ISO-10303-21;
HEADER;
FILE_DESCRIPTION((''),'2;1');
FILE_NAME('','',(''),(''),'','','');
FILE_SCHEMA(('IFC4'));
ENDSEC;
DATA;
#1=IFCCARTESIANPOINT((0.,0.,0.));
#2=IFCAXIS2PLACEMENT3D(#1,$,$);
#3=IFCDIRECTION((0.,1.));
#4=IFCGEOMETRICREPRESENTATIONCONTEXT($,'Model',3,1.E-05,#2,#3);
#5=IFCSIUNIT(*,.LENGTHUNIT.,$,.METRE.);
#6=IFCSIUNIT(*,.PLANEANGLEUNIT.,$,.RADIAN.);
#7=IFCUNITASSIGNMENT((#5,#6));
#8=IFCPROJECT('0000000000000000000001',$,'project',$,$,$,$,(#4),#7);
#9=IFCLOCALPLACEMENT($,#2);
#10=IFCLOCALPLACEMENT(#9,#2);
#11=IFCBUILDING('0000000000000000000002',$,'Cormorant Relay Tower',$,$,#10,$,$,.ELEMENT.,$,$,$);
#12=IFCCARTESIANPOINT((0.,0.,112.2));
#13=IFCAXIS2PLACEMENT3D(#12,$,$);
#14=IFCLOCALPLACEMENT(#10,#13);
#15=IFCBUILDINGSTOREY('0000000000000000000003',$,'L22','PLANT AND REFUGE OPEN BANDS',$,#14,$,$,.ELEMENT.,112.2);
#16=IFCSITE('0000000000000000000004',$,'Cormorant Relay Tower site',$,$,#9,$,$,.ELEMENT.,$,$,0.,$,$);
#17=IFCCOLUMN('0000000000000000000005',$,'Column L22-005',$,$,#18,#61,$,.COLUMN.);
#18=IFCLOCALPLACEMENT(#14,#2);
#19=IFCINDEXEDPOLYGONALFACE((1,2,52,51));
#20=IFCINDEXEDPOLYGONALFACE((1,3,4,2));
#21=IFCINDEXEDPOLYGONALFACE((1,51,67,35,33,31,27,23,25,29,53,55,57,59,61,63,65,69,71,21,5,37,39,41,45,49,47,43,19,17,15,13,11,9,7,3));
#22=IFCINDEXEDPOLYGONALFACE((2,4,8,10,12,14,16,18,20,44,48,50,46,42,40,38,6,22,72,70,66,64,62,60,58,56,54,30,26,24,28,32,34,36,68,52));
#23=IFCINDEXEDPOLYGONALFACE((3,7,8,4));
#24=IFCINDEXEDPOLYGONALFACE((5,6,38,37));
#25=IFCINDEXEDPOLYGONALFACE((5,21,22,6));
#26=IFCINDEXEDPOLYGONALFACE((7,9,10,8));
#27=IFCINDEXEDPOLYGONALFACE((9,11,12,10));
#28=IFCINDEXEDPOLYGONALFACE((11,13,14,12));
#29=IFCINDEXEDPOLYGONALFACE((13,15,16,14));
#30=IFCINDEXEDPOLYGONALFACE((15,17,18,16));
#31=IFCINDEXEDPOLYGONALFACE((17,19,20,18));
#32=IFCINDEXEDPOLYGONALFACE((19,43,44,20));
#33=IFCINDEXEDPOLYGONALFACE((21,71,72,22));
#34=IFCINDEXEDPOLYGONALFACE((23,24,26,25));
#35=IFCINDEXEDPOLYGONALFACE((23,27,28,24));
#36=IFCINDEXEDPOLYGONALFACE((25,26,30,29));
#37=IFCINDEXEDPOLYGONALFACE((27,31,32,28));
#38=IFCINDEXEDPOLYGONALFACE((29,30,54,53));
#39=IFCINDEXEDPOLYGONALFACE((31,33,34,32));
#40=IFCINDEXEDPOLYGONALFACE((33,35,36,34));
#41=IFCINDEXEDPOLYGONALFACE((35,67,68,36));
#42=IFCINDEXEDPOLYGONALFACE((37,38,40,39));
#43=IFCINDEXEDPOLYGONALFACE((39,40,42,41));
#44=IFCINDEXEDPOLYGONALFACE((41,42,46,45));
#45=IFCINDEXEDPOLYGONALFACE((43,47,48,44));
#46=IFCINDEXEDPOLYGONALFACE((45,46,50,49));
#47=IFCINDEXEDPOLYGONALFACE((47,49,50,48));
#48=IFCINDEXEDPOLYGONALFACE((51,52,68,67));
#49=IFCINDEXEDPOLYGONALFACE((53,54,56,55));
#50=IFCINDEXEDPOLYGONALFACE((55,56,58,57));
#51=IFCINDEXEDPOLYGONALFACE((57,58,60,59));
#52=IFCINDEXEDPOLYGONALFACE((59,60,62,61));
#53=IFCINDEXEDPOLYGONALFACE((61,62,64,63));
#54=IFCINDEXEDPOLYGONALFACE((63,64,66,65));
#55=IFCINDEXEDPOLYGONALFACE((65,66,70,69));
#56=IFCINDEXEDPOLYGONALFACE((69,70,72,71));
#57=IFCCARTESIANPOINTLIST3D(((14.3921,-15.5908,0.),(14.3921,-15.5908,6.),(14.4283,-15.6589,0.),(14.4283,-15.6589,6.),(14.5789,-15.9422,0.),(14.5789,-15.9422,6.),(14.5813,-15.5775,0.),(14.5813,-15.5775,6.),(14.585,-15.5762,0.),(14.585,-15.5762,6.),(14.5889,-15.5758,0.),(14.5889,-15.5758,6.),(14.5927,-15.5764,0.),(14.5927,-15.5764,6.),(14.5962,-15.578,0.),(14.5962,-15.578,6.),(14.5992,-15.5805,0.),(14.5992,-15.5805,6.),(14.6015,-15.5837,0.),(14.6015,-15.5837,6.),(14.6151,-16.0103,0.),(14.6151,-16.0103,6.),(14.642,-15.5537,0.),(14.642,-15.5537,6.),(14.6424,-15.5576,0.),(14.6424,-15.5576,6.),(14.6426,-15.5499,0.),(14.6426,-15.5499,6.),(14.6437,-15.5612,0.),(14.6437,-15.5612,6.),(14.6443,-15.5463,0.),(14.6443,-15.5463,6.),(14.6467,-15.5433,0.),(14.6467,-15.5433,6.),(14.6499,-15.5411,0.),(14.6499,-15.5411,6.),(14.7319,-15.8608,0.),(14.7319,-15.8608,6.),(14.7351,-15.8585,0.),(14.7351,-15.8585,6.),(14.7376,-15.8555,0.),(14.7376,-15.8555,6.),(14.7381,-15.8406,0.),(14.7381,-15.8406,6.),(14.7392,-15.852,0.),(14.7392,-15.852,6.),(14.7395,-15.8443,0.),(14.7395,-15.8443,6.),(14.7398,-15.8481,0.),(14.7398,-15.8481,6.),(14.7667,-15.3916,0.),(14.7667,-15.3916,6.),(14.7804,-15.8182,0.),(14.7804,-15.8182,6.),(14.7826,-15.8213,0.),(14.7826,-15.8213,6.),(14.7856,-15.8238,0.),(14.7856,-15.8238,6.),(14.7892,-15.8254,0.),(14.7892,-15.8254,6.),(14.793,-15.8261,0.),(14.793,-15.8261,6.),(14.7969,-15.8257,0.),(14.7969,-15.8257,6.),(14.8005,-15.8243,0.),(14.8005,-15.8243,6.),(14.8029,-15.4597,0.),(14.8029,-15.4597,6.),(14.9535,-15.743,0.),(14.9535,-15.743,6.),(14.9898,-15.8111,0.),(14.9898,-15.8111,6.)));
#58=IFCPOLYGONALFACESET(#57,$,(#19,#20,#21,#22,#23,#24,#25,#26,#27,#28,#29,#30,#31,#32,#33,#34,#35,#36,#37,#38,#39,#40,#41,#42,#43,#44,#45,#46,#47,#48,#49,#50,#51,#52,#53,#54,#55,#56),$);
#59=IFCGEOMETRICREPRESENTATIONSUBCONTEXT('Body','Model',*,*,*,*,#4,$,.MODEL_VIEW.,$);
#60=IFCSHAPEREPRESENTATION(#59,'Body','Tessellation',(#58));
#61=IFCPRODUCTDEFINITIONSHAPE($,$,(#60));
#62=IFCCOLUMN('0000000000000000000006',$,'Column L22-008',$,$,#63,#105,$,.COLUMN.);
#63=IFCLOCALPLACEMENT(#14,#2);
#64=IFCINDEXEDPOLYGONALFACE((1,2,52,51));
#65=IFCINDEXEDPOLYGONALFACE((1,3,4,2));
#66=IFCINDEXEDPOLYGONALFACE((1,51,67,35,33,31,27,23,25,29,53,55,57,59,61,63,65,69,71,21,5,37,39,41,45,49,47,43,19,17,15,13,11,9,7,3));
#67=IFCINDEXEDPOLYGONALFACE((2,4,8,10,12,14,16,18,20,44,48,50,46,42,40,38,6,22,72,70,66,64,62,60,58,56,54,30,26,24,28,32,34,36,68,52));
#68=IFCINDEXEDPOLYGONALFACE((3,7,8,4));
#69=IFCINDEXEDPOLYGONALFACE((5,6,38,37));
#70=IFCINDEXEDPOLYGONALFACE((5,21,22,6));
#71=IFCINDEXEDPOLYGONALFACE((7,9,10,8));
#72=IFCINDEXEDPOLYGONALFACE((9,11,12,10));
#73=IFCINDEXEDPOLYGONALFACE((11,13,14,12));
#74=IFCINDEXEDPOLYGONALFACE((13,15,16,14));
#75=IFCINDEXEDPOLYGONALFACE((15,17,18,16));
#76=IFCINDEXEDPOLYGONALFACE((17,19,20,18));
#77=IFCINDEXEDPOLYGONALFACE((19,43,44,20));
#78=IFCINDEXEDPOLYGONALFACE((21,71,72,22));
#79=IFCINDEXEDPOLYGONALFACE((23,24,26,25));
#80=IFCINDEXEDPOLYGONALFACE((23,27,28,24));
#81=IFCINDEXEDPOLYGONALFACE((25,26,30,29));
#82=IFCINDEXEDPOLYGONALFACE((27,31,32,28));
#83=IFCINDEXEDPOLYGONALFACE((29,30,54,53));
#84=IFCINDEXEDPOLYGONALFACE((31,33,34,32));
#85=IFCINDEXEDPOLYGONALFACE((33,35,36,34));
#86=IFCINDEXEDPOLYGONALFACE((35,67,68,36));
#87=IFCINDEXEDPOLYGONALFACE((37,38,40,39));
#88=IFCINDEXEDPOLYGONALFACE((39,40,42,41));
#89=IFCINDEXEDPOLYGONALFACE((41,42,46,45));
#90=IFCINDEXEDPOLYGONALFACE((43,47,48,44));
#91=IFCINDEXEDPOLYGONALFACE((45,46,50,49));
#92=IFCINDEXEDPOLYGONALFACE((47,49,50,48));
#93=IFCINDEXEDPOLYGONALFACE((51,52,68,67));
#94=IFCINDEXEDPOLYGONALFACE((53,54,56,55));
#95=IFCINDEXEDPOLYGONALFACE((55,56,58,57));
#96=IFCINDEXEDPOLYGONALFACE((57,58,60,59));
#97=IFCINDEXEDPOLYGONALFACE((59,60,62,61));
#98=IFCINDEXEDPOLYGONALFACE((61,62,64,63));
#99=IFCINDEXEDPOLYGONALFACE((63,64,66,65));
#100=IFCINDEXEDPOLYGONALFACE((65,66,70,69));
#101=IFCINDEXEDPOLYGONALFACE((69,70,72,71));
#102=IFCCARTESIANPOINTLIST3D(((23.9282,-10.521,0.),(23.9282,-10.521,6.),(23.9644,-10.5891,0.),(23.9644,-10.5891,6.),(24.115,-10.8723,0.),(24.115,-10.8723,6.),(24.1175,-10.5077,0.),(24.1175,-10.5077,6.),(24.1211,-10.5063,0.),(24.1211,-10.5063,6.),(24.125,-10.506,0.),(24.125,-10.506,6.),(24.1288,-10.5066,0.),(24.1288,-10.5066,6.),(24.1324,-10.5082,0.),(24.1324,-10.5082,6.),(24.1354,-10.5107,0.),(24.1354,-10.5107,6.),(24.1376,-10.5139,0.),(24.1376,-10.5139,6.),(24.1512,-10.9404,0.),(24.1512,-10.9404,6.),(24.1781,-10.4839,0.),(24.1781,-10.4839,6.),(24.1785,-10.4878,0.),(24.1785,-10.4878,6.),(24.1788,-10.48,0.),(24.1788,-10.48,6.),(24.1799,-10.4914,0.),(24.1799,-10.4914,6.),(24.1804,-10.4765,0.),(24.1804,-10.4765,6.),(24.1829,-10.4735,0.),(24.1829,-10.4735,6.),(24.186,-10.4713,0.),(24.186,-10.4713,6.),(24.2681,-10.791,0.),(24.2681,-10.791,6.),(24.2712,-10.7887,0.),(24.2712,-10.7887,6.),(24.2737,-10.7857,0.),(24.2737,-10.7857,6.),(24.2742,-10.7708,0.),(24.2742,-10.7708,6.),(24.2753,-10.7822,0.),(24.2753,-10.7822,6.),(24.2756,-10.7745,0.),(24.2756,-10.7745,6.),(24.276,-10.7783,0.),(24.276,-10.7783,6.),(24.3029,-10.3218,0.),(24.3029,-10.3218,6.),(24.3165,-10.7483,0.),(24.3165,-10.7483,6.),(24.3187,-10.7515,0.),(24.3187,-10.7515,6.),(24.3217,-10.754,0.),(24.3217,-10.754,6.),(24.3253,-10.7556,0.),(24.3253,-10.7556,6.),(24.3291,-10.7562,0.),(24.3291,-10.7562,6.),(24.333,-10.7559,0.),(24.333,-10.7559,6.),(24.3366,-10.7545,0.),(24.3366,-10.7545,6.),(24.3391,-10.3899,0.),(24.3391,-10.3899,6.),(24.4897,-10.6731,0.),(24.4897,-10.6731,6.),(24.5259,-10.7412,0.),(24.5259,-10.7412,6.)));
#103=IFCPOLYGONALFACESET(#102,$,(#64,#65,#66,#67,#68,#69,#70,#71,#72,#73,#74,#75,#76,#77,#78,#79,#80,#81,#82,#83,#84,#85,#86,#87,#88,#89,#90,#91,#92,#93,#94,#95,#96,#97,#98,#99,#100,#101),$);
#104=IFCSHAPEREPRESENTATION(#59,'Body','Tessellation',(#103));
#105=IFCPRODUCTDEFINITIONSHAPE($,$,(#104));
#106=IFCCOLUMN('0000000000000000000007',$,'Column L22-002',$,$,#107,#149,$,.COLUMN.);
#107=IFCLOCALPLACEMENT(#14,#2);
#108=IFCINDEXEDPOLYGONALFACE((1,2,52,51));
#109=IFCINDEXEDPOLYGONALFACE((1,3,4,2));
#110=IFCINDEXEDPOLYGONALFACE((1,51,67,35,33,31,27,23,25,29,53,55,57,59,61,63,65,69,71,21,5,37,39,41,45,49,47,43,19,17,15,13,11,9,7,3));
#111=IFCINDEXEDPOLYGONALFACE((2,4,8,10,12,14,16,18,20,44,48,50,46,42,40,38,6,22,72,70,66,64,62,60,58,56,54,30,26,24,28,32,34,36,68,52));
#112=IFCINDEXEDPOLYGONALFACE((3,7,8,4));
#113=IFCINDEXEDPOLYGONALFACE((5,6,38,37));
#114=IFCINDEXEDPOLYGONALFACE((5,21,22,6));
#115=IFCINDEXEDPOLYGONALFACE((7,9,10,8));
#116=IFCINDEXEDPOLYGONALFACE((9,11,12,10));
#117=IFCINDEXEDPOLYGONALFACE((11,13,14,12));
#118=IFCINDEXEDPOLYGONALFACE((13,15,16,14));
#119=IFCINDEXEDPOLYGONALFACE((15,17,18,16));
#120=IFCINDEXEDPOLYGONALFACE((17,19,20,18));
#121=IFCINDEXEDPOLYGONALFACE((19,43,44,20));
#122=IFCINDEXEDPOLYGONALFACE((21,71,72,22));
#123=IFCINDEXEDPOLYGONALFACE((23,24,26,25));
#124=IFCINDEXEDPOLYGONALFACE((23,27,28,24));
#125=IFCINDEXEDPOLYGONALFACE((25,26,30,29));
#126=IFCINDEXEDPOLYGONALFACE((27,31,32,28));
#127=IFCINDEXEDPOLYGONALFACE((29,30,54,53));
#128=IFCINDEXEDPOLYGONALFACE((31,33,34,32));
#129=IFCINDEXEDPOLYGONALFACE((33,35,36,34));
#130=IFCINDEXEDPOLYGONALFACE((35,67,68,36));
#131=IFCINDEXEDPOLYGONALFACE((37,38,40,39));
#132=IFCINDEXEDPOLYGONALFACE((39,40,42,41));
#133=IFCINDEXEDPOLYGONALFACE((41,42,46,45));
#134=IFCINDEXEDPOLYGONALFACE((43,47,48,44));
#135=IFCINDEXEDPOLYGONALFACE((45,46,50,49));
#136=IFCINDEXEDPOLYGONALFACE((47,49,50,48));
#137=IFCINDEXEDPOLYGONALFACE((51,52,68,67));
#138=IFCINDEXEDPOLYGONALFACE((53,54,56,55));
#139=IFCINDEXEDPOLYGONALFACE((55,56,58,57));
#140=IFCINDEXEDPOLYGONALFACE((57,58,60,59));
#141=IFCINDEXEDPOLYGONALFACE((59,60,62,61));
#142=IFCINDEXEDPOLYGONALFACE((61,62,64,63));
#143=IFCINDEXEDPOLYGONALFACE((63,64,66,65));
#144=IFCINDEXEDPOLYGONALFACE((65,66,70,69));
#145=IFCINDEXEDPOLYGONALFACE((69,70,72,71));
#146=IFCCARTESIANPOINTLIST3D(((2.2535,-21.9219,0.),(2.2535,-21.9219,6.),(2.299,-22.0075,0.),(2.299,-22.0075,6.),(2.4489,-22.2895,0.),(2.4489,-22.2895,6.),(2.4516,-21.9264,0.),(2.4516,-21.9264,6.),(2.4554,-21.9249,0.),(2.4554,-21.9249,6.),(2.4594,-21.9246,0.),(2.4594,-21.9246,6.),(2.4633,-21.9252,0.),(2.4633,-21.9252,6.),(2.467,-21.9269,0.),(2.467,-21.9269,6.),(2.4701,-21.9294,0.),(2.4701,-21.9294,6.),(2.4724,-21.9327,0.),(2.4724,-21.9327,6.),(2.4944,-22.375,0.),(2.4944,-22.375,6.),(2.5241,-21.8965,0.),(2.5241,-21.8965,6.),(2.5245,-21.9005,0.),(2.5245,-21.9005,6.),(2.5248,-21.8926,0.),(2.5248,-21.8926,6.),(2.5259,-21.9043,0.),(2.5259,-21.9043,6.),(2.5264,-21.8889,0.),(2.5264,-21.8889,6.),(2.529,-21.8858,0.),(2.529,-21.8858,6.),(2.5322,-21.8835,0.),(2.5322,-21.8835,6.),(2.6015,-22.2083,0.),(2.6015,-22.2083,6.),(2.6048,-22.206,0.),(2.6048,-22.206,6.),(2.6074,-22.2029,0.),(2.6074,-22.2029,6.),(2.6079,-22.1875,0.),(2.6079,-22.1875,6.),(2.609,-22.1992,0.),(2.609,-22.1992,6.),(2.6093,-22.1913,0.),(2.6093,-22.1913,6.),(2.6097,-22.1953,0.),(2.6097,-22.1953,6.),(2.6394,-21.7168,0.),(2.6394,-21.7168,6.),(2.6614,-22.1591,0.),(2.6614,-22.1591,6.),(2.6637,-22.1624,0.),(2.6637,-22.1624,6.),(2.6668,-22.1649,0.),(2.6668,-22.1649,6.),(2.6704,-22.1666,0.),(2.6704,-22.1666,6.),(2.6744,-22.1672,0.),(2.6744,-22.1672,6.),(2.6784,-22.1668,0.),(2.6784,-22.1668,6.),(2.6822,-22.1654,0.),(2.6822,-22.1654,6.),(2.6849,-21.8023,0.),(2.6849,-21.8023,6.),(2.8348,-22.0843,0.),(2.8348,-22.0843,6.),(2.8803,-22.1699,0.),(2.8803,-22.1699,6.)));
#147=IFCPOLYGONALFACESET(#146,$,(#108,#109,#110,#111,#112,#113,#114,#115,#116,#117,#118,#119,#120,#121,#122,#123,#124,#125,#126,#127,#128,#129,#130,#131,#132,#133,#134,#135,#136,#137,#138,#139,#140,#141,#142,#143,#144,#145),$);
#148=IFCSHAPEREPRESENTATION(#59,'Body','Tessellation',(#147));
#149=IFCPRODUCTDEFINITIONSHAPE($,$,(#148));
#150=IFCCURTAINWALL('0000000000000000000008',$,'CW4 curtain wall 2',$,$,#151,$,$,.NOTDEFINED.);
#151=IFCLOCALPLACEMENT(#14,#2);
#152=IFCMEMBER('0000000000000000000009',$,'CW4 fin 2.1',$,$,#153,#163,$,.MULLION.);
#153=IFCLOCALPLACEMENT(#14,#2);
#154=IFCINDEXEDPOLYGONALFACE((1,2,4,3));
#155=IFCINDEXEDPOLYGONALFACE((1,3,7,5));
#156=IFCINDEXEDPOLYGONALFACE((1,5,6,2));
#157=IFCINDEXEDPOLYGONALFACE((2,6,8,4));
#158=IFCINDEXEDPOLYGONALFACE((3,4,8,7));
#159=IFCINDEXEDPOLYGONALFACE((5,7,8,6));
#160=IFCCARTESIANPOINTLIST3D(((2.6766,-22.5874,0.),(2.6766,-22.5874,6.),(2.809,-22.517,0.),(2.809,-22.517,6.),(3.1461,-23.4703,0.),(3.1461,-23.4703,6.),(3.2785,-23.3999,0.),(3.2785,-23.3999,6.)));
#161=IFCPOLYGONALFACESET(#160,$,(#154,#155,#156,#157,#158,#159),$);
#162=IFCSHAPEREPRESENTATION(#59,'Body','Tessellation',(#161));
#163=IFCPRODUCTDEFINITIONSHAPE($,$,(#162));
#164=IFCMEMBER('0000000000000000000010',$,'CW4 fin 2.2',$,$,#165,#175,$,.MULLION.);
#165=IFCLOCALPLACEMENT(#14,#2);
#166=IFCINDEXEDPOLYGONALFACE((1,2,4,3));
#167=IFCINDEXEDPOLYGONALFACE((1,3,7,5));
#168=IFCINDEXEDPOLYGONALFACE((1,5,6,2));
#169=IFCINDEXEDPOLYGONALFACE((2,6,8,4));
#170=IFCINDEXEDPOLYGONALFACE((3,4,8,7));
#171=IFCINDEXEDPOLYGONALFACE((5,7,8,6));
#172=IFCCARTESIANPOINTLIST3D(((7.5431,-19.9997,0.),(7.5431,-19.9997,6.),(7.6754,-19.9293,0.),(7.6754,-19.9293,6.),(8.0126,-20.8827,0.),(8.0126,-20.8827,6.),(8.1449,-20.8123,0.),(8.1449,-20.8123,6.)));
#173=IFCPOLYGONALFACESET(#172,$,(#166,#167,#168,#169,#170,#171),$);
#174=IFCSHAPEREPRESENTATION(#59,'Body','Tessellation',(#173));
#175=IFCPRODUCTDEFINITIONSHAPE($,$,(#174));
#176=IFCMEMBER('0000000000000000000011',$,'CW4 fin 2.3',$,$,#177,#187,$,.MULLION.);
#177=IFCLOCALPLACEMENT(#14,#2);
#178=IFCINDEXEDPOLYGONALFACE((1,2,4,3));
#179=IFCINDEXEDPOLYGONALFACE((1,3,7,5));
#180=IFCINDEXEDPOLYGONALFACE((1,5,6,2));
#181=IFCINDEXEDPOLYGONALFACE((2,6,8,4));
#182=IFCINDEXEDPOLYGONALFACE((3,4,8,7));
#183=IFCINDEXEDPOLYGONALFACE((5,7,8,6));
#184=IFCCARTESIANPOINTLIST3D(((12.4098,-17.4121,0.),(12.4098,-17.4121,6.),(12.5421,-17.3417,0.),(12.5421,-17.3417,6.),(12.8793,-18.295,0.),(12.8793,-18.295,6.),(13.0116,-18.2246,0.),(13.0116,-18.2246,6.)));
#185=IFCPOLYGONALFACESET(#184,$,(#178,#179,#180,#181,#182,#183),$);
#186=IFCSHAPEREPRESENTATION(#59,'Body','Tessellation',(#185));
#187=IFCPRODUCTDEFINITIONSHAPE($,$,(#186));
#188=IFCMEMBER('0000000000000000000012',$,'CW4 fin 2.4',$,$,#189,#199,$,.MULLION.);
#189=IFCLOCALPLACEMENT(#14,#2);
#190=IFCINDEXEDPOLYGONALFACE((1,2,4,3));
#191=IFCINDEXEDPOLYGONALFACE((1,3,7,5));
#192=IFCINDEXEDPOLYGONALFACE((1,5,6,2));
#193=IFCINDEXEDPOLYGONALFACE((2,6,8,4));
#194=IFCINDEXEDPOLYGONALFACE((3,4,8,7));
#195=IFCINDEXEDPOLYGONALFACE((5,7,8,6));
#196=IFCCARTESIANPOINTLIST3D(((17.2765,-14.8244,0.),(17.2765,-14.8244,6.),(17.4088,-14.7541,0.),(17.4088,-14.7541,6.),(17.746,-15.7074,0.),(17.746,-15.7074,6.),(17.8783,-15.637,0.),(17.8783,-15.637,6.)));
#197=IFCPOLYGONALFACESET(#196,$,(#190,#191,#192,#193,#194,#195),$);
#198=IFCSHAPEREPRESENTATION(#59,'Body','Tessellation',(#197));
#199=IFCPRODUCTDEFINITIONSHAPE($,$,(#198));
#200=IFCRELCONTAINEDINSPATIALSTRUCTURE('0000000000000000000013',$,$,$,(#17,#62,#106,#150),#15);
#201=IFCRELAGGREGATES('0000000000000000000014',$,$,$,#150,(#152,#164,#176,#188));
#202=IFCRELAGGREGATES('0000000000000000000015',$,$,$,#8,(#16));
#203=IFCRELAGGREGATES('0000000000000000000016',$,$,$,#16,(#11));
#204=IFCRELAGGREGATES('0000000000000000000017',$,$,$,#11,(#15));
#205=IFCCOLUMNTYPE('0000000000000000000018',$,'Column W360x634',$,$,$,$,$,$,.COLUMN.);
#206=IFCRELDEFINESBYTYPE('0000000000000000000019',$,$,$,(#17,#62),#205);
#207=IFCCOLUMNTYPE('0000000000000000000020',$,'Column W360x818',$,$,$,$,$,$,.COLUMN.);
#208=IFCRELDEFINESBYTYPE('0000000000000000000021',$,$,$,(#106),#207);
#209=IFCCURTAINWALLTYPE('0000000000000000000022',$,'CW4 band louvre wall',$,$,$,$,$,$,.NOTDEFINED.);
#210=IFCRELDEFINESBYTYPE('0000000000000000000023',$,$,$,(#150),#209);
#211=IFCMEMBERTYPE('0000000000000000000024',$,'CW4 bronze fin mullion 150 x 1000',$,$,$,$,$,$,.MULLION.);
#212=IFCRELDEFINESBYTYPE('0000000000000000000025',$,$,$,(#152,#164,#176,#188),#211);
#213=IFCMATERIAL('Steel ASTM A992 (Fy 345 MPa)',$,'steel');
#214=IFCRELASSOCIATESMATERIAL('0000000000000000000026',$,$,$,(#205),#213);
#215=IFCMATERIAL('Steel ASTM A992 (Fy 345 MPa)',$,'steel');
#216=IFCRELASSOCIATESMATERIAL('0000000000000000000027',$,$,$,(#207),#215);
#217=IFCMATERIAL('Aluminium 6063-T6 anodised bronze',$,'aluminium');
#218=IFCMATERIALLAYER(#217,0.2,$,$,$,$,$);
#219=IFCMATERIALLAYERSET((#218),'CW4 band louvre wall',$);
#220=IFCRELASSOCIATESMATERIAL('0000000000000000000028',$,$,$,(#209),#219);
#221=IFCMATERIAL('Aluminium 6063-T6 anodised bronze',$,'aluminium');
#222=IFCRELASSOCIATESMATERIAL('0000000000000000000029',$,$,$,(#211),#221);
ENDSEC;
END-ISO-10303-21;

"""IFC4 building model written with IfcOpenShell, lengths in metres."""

from ifc_helpers import new_model, si_unit, direction, frame, origin, origin_2d, place, context, subcontext, project, spatial, rectangle, i_section, extrude, material, layer, layer_set, material_profile, profile_set, type_object, element, aggregate, save


model = new_model("IFC4")

# Units and contexts
model_context = context("Model", 3, precision=1e-05, world=origin(), true_north=direction((0.0, 1.0)))
body_context = subcontext(model_context, "Body", "Model", "MODEL_VIEW")
ifc_project = project(units=[si_unit("LENGTHUNIT", "METRE"), si_unit("PLANEANGLEUNIT", "RADIAN")], contexts=[model_context])

# Site, building, storey
site_placement = place(None, origin())
site = spatial("IfcSite", under=ifc_project, at=site_placement, Name="Cormorant Relay Tower site", CompositionType="ELEMENT", RefElevation=0.0)
building_placement = place(site_placement, origin())
building = spatial("IfcBuilding", under=site, at=building_placement, Name="Cormorant Relay Tower", CompositionType="ELEMENT")
storey_placement = place(building_placement, frame((0.0, 0.0, 112.2)))
storey = spatial("IfcBuildingStorey", under=building, at=storey_placement, Name="L22", Description="PLANT AND REFUGE OPEN BANDS", CompositionType="ELEMENT", Elevation=112.2)

# Columns
ifc_material_1 = material(Name="Steel ASTM A992 (Fy 345 MPa)", Category="steel")
ifc_material_profile_1 = material_profile(ifc_material_1, i_section(OverallWidth=0.4243, OverallDepth=0.4751, WebThickness=0.0479, FlangeThickness=0.0771, FilletRadius=0.0149, at=origin_2d()), Name="W360x634")
ifc_profile_set_1 = profile_set([ifc_material_profile_1], Name="Steel ASTM A992 (Fy 345 MPa)")
column_type_1 = type_object("IfcColumnType", Name="Column W360x634", PredefinedType="COLUMN", material=ifc_profile_set_1)
for number, where, z_axis, x_axis, name in (
    (1, (14.6909, -15.7009, 0.0), (0.0, 0.0, 1.0), (0.882948, 0.469472, 0.0), "Column L22-005"),
    (2, (24.2271, -10.6311, 0.0), (0.0, 0.0, 1.0), (0.882948, 0.469472, 0.0), "Column L22-008"),
):
    element("IfcColumn", number, at=place(storey_placement, frame(where, z_axis=z_axis, x_axis=x_axis)), inside=storey, type_object=column_type_1, Name=name, PredefinedType="COLUMN", context=body_context, shape_type="SweptSolid", body=[
        extrude(i_section(OverallWidth=0.4243, OverallDepth=0.4751, WebThickness=0.0479, FlangeThickness=0.0771, FilletRadius=0.0149, at=origin_2d()), origin(), (0.0, 0.0, 1.0), 6.0),
    ])
ifc_material_2 = material(Name="Steel ASTM A992 (Fy 345 MPa)", Category="steel")
ifc_material_profile_2 = material_profile(ifc_material_2, i_section(OverallWidth=0.437, OverallDepth=0.5132, WebThickness=0.0605, FlangeThickness=0.0969, FilletRadius=0.0154, at=origin_2d()), Name="W360x818")
ifc_profile_set_2 = profile_set([ifc_material_profile_2], Name="Steel ASTM A992 (Fy 345 MPa)")
column_type_2 = type_object("IfcColumnType", Name="Column W360x818", PredefinedType="COLUMN", material=ifc_profile_set_2)
column_placement = place(storey_placement, frame((2.5669, -22.0459, 0.0), z_axis=(0.0, 0.0, 1.0), x_axis=(0.882948, 0.469472, 0.0)))
element("IfcColumn", 3, at=column_placement, inside=storey, type_object=column_type_2, Name="Column L22-002", PredefinedType="COLUMN", context=body_context, shape_type="SweptSolid", body=[
    extrude(i_section(OverallWidth=0.437, OverallDepth=0.5132, WebThickness=0.0605, FlangeThickness=0.0969, FilletRadius=0.0154, at=origin_2d()), origin(), (0.0, 0.0, 1.0), 6.0),
])

# Curtain wall, members
ifc_material_3 = material(Name="Aluminium 6063-T6 anodised bronze", Category="aluminium")
ifc_layer_1 = layer(ifc_material_3, 0.2)
ifc_layer_set_1 = layer_set([ifc_layer_1], Name="CW4 band louvre wall")
curtain_wall_type = type_object("IfcCurtainWallType", Name="CW4 band louvre wall", PredefinedType="NOTDEFINED", material=ifc_layer_set_1)
curtain_wall_placement = place(storey_placement, origin())
curtain_wall = element("IfcCurtainWall", 4, at=curtain_wall_placement, inside=storey, type_object=curtain_wall_type, Name="CW4 curtain wall 2", PredefinedType="NOTDEFINED")
ifc_material_4 = material(Name="Aluminium 6063-T6 anodised bronze", Category="aluminium")
ifc_material_profile_3 = material_profile(ifc_material_4, rectangle(XDim=0.1499, YDim=1.0, at=origin_2d()), Name="AL 150x1000")
ifc_profile_set_3 = profile_set([ifc_material_profile_3], Name="Aluminium 6063-T6 anodised bronze")
member_type_1 = type_object("IfcMemberType", Name="CW4 bronze fin mullion 150 x 1000", PredefinedType="MULLION", material=ifc_profile_set_3)
member_1_placement = place(storey_placement, frame((2.9775, -22.9937, 0.0), z_axis=(0.0, 0.0, 1.0), x_axis=(0.882948, 0.469472, 0.0)))
member_1 = element("IfcMember", 5, at=member_1_placement, type_object=member_type_1, Name="CW4 fin 2.1", PredefinedType="MULLION", context=body_context, shape_type="SweptSolid", body=[
    extrude(rectangle(XDim=0.1499, YDim=1.0, at=origin_2d()), origin(), (0.0, 0.0, 1.0), 6.0),
])
member_2_placement = place(storey_placement, frame((7.844, -20.406, 0.0), z_axis=(0.0, 0.0, 1.0), x_axis=(0.882948, 0.469472, 0.0)))
member_2 = element("IfcMember", 6, at=member_2_placement, type_object=member_type_1, Name="CW4 fin 2.2", PredefinedType="MULLION", context=body_context, shape_type="SweptSolid", body=[
    extrude(rectangle(XDim=0.1499, YDim=1.0, at=origin_2d()), origin(), (0.0, 0.0, 1.0), 6.0),
])
member_3_placement = place(storey_placement, frame((12.7107, -17.8184, 0.0), z_axis=(0.0, 0.0, 1.0), x_axis=(0.882948, 0.469472, 0.0)))
member_3 = element("IfcMember", 7, at=member_3_placement, type_object=member_type_1, Name="CW4 fin 2.3", PredefinedType="MULLION", context=body_context, shape_type="SweptSolid", body=[
    extrude(rectangle(XDim=0.1499, YDim=1.0, at=origin_2d()), origin(), (0.0, 0.0, 1.0), 6.0),
])
member_4_placement = place(storey_placement, frame((17.5774, -15.2307, 0.0), z_axis=(0.0, 0.0, 1.0), x_axis=(0.882948, 0.469472, 0.0)))
member_4 = element("IfcMember", 8, at=member_4_placement, type_object=member_type_1, Name="CW4 fin 2.4", PredefinedType="MULLION", context=body_context, shape_type="SweptSolid", body=[
    extrude(rectangle(XDim=0.1499, YDim=1.0, at=origin_2d()), origin(), (0.0, 0.0, 1.0), 6.0),
])

aggregate(curtain_wall, [member_1, member_2, member_3, member_4])

save(model, "model.ifc")
